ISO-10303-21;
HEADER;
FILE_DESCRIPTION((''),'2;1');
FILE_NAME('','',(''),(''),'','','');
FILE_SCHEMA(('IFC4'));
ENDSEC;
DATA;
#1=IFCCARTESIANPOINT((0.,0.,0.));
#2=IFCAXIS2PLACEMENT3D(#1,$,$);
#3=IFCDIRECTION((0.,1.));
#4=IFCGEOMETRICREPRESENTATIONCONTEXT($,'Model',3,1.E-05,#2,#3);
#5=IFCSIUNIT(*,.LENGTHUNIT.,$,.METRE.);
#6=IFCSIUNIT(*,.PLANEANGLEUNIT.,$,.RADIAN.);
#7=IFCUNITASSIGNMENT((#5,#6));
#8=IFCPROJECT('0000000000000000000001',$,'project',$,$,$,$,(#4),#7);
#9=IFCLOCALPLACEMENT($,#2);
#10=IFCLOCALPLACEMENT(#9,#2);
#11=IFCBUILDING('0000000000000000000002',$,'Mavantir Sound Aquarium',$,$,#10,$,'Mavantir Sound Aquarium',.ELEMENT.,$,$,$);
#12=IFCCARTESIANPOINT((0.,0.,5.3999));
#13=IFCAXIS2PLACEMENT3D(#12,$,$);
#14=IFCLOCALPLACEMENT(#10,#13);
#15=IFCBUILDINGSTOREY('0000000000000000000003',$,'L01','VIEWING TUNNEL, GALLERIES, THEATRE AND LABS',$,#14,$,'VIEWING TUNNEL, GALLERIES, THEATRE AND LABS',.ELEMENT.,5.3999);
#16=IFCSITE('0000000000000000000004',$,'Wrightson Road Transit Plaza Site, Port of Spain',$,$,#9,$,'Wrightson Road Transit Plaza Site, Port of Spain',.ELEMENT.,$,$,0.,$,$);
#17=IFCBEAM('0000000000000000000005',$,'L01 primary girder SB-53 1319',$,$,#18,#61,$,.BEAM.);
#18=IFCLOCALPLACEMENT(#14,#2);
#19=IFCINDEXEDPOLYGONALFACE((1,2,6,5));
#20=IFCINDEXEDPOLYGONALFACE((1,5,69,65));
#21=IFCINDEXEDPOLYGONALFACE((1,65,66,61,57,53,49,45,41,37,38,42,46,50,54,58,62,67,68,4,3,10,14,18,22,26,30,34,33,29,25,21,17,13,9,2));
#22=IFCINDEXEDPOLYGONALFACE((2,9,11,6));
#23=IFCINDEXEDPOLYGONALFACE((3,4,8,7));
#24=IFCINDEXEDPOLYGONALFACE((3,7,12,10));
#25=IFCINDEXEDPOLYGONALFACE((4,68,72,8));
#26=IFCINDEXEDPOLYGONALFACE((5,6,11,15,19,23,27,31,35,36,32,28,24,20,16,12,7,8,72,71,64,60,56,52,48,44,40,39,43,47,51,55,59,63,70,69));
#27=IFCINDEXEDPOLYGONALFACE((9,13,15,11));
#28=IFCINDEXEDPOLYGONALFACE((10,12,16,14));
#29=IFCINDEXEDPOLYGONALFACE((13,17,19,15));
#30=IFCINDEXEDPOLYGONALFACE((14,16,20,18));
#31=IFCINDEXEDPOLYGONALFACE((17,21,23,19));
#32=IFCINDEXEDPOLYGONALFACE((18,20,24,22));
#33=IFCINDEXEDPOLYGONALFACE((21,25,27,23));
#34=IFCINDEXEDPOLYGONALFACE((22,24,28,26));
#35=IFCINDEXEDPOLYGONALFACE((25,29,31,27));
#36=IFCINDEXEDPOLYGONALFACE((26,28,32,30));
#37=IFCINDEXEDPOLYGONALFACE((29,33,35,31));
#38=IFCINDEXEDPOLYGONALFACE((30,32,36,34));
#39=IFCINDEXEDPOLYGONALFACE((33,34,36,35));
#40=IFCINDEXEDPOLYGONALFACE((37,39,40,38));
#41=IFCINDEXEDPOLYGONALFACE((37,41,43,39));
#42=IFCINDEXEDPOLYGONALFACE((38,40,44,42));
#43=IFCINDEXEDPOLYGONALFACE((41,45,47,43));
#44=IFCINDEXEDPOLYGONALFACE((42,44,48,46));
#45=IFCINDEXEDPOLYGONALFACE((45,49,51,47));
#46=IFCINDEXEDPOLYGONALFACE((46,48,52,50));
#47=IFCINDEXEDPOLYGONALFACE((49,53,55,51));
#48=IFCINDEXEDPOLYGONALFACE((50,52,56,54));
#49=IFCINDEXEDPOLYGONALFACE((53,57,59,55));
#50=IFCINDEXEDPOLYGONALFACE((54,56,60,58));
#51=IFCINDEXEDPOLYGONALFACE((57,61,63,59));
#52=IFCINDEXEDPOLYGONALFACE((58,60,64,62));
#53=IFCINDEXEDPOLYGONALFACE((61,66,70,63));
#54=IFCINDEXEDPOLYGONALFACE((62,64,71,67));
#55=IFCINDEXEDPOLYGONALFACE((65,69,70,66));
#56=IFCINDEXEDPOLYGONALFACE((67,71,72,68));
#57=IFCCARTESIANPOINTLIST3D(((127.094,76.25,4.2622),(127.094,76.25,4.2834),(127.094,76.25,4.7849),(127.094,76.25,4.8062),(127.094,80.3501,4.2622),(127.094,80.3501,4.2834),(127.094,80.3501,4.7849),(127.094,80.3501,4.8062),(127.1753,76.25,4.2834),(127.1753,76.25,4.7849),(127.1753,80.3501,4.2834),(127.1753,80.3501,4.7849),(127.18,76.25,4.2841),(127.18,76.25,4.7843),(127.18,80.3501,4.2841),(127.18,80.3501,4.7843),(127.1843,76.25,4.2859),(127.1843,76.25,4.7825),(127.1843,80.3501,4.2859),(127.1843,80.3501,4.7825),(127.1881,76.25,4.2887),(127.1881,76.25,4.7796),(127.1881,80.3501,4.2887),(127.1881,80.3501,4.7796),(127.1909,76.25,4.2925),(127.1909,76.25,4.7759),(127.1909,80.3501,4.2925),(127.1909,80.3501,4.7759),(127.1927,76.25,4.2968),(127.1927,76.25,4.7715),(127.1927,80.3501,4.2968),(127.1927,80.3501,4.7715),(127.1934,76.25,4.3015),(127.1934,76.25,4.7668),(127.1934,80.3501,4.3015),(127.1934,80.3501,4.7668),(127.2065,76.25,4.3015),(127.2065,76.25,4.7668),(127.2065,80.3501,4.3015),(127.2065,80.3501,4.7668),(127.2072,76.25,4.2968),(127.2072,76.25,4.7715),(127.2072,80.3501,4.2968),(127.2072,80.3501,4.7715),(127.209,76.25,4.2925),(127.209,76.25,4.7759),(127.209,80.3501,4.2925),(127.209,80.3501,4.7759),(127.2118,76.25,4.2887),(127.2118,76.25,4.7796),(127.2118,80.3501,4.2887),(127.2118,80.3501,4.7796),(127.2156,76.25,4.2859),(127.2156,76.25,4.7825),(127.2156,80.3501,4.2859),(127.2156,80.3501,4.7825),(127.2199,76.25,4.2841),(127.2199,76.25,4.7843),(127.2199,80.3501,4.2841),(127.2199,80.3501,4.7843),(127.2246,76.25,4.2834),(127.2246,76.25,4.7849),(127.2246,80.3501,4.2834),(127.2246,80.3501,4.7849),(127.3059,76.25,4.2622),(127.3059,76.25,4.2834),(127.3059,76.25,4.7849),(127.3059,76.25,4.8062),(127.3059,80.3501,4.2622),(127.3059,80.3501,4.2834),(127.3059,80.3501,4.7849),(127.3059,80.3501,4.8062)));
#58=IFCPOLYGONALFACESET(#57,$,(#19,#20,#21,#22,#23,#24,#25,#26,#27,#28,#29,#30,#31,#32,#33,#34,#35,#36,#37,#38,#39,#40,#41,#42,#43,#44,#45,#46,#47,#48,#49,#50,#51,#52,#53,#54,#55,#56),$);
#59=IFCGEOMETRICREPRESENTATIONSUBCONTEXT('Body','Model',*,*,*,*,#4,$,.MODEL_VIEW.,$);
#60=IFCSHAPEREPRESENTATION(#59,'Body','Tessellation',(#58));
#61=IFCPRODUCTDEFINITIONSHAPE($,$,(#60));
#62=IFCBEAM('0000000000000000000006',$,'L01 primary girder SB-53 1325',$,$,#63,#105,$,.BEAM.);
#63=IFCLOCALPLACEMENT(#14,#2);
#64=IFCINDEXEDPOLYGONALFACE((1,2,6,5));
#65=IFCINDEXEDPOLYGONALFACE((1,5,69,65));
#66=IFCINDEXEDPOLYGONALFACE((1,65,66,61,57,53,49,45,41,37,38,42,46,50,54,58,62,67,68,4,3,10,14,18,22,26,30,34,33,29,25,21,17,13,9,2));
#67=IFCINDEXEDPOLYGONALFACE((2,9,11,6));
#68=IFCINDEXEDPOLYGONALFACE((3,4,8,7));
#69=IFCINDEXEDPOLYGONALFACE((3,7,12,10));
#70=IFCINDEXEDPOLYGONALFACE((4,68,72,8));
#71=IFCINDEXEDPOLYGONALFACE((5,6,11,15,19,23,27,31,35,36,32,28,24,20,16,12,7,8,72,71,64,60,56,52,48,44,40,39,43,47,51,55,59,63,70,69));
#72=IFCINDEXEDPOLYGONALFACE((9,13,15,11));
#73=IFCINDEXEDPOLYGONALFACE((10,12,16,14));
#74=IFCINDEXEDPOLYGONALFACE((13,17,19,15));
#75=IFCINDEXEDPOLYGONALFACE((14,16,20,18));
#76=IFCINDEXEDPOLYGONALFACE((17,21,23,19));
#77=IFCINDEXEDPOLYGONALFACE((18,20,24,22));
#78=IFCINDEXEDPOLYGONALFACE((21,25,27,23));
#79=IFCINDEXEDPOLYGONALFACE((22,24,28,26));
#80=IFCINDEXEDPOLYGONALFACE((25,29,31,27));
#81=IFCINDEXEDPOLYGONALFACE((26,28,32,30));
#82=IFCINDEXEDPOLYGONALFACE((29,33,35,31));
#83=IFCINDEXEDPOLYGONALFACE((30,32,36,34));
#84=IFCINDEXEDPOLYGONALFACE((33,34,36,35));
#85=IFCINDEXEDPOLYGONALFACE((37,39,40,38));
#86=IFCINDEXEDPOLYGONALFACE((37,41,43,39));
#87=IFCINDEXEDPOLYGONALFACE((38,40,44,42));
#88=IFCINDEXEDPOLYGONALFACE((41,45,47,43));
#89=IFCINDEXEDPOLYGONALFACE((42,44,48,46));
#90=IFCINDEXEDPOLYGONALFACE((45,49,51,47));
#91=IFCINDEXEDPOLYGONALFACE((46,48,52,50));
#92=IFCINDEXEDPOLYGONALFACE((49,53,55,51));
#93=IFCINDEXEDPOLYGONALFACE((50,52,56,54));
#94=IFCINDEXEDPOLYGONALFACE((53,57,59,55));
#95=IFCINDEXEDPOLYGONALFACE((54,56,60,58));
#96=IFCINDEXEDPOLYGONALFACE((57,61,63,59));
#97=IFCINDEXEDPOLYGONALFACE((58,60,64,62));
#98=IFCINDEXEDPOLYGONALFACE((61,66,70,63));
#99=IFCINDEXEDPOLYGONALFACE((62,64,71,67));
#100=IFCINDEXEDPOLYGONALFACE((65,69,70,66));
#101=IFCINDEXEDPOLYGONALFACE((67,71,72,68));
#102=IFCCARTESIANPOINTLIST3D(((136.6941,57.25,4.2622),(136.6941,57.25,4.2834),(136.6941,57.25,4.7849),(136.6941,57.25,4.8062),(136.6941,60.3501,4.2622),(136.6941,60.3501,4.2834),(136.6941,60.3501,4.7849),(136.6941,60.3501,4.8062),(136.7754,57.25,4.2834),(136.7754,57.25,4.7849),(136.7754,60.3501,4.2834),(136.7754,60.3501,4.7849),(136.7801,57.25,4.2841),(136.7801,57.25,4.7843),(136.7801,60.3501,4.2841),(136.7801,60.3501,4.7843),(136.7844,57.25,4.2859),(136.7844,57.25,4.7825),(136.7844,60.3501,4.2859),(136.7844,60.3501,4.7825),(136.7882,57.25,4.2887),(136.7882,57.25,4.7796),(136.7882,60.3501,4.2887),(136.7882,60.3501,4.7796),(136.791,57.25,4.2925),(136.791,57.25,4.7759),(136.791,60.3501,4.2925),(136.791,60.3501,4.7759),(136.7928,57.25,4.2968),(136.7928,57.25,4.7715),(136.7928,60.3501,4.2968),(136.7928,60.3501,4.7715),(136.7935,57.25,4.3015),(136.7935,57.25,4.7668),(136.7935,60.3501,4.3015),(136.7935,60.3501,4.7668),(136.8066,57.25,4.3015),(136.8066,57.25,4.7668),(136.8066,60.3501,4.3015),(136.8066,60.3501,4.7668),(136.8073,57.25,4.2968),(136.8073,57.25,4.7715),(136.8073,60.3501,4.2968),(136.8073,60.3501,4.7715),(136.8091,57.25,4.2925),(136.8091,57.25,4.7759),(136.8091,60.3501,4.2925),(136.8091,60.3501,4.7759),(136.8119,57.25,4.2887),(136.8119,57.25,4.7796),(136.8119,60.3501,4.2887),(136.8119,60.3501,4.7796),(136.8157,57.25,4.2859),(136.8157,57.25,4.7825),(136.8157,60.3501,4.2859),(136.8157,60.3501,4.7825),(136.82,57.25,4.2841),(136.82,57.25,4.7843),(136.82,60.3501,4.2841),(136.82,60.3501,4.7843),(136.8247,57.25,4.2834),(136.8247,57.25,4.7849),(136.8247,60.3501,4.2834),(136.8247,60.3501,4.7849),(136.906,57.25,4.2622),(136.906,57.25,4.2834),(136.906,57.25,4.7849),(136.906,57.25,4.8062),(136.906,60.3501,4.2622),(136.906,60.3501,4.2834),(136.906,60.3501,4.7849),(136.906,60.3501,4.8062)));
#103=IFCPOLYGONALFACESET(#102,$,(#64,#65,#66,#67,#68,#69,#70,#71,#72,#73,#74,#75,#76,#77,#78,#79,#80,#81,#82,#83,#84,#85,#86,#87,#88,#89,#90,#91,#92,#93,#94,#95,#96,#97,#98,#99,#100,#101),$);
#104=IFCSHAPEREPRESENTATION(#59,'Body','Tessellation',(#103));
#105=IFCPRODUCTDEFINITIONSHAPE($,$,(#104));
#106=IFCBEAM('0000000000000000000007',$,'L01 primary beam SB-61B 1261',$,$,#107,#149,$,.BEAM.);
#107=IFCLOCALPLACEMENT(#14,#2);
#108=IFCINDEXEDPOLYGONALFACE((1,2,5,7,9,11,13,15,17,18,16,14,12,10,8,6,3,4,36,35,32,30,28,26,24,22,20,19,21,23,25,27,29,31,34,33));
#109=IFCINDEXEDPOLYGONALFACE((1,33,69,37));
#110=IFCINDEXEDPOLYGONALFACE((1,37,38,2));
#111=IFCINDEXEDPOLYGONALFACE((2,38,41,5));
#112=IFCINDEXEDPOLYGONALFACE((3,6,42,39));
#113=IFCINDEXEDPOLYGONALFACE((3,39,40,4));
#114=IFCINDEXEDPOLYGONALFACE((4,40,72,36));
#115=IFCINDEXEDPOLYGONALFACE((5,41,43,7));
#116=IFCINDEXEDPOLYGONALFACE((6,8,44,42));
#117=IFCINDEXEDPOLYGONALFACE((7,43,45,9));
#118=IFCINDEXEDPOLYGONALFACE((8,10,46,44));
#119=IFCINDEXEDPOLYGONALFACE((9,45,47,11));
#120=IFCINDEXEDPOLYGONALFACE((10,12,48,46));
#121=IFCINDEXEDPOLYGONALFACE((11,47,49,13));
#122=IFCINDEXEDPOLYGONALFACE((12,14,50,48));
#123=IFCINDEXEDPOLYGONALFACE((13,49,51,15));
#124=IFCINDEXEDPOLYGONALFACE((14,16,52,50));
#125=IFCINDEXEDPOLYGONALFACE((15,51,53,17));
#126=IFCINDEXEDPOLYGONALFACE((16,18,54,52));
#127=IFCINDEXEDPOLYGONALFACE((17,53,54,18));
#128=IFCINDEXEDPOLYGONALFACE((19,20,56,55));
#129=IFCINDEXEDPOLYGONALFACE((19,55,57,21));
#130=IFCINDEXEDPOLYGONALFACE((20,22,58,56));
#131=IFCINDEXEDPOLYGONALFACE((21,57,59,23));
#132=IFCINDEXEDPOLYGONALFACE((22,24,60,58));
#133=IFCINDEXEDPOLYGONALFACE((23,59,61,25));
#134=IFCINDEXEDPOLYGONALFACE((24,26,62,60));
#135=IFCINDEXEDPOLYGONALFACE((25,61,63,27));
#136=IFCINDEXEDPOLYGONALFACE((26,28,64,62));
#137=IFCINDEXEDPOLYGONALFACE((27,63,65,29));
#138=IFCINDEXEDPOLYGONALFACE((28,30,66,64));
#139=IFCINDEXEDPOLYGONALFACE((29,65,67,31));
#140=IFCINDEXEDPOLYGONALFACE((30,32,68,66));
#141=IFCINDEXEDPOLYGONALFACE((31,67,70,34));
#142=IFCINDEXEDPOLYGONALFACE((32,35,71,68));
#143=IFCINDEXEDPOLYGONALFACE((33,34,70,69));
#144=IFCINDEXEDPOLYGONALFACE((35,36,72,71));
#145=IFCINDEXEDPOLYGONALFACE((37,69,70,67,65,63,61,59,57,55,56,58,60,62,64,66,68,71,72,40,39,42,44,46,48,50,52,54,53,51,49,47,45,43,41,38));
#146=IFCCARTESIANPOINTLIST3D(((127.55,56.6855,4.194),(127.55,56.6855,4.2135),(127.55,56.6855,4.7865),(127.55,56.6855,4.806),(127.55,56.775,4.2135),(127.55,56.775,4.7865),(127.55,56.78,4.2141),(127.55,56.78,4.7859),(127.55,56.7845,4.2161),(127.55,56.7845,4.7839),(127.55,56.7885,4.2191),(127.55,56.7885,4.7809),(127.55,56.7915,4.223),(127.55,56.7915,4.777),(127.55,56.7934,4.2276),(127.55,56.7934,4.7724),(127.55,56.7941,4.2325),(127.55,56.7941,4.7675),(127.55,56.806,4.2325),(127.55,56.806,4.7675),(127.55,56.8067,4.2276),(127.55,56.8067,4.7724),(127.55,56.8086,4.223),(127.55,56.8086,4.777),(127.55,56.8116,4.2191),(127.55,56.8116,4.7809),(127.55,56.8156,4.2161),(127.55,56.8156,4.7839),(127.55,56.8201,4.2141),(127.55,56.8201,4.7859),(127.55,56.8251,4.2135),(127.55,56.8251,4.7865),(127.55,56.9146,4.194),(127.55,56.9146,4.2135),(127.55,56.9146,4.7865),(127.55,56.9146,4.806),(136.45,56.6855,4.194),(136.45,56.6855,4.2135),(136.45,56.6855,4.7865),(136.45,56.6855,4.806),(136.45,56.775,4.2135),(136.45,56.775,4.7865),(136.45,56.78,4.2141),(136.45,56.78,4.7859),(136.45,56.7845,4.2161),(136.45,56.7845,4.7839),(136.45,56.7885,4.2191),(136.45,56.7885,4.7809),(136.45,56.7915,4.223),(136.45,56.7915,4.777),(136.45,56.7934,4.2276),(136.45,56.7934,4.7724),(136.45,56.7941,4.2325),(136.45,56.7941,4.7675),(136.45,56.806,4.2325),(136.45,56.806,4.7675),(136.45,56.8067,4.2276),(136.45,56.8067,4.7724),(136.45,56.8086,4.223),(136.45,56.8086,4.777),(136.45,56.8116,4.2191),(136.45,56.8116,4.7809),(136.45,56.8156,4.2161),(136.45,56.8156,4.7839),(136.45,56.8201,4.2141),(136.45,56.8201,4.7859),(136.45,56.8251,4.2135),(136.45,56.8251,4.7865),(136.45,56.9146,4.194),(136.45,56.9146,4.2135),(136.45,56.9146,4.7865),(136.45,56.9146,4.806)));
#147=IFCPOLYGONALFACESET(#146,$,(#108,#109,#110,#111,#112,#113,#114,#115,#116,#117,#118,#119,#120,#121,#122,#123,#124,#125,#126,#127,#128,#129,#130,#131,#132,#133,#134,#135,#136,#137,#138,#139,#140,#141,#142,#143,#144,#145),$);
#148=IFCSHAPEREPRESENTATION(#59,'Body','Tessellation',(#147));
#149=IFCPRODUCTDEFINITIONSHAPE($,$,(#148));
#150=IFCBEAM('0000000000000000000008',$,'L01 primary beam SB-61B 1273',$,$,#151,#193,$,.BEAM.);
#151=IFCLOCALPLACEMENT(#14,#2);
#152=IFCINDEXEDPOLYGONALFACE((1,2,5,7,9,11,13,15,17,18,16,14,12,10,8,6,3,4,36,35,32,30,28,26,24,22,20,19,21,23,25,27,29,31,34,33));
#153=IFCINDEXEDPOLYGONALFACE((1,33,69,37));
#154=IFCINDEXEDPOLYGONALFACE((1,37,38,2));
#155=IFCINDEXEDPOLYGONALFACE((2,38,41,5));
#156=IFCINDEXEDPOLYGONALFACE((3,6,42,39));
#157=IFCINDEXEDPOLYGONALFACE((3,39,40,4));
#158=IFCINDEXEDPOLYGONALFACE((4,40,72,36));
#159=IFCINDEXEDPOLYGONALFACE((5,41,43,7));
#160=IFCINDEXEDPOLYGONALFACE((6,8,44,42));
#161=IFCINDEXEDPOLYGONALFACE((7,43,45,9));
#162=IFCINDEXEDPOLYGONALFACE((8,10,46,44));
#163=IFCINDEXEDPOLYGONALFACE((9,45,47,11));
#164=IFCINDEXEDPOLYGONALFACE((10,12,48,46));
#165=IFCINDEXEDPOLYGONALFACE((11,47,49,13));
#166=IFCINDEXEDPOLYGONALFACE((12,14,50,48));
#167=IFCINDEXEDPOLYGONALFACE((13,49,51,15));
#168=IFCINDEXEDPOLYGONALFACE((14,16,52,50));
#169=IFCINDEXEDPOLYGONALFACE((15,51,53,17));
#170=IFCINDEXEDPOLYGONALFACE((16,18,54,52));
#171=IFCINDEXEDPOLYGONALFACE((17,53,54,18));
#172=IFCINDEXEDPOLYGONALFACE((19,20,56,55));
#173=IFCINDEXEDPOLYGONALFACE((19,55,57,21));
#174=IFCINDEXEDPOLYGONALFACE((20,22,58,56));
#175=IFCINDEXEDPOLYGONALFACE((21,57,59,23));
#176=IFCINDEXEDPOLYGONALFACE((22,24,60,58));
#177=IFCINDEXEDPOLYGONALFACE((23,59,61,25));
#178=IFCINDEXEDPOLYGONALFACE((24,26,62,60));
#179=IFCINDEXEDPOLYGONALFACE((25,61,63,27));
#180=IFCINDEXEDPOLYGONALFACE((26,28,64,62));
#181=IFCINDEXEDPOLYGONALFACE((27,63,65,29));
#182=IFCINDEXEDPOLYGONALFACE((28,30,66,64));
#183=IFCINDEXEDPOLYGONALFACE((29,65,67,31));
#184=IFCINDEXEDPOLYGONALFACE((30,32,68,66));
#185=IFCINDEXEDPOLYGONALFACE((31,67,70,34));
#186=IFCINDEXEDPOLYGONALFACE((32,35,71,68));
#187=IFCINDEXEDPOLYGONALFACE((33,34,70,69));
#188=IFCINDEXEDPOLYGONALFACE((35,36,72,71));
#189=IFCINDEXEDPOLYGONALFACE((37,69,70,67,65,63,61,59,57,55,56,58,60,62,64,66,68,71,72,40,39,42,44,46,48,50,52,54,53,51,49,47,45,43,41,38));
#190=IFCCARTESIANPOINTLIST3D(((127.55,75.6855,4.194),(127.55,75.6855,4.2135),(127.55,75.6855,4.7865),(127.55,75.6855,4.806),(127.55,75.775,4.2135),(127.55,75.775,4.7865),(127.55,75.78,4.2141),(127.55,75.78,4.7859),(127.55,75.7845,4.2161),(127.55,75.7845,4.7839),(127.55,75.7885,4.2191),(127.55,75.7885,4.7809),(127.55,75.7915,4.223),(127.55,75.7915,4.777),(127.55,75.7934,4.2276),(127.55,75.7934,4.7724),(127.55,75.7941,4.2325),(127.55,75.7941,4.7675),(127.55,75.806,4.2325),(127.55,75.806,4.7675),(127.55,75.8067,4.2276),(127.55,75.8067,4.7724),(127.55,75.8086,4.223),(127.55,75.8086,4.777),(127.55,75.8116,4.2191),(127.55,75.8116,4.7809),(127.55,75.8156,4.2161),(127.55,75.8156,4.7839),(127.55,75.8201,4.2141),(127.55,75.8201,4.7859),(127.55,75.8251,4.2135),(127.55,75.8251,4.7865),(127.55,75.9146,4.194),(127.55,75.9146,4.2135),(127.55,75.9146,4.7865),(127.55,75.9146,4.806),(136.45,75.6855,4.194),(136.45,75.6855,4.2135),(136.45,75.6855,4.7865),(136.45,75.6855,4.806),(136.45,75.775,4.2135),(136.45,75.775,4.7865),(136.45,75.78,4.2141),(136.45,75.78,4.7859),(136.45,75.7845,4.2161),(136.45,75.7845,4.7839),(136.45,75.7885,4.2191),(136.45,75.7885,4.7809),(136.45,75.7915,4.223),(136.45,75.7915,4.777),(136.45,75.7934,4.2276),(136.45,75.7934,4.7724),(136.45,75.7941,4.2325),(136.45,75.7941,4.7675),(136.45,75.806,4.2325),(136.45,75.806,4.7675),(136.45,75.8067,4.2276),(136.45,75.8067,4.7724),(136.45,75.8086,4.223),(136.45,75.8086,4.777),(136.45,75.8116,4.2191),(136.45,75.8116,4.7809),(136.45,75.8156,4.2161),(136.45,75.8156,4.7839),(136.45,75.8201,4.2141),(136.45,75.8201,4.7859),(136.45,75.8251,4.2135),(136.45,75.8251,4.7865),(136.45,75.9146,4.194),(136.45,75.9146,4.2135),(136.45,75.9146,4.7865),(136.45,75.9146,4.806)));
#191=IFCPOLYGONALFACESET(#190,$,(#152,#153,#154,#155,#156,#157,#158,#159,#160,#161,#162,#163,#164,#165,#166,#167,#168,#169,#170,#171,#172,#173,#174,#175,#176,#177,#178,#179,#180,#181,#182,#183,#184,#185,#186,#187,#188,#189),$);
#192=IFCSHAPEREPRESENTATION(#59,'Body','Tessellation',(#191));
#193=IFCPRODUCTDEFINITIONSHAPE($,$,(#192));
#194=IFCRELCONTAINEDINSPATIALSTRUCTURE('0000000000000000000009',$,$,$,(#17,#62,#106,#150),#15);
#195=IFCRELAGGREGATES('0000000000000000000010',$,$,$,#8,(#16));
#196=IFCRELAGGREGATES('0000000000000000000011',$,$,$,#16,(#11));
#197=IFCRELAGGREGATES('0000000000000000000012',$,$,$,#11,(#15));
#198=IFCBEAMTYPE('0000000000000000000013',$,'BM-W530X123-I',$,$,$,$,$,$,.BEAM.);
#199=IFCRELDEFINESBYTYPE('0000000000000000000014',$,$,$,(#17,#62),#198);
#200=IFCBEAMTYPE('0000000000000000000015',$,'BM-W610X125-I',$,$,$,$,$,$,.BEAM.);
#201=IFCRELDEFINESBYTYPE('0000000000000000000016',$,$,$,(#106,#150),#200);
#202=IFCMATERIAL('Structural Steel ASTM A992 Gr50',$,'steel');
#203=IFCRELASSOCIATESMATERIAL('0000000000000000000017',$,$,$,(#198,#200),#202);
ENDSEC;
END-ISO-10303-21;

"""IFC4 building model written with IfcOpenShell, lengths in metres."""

from ifc_helpers import new_model, si_unit, direction, frame, origin, origin_2d, place, context, subcontext, project, spatial, i_section, extrude, material, material_profile, profile_set, type_object, element, save


model = new_model("IFC4")

# Units and contexts
model_context = context("Model", 3, precision=1e-05, world=origin(), true_north=direction((0.0, 1.0)))
body_context = subcontext(model_context, "Body", "Model", "MODEL_VIEW")
ifc_project = project(units=[si_unit("LENGTHUNIT", "METRE"), si_unit("PLANEANGLEUNIT", "RADIAN")], contexts=[model_context])

# Site, building, storey
site_placement = place(None, origin())
site = spatial("IfcSite", under=ifc_project, at=site_placement, Name="Wrightson Road Transit Plaza Site, Port of Spain", LongName="Wrightson Road Transit Plaza Site, Port of Spain", CompositionType="ELEMENT", RefElevation=0.0)
building_placement = place(site_placement, origin())
building = spatial("IfcBuilding", under=site, at=building_placement, Name="Mavantir Sound Aquarium", LongName="Mavantir Sound Aquarium", CompositionType="ELEMENT")
storey_placement = place(building_placement, frame((0.0, 0.0, 5.3999)))
storey = spatial("IfcBuildingStorey", under=building, at=storey_placement, Name="L01", Description="VIEWING TUNNEL, GALLERIES, THEATRE AND LABS", LongName="VIEWING TUNNEL, GALLERIES, THEATRE AND LABS", CompositionType="ELEMENT", Elevation=5.3999)

# Beams
ifc_material_1 = material(Name="Structural Steel ASTM A992 Gr50", Category="steel")
ifc_material_profile_1 = material_profile(ifc_material_1, i_section(OverallWidth=0.2119, OverallDepth=0.5439, WebThickness=0.0132, FlangeThickness=0.0212, FilletRadius=0.0181, at=origin_2d()), Name="W530X123")
ifc_profile_set_1 = profile_set([ifc_material_profile_1], Name="Structural Steel ASTM A992 Gr50")
beam_type_1 = type_object("IfcBeamType", Name="BM-W530X123-I", PredefinedType="BEAM", material=ifc_profile_set_1)
for number, where, z_axis, x_axis, name in (
    (1, (127.2, 76.25, 4.5342), (0.0, 1.0, 0.0), (-1.0, 0.0, 0.0), "L01 primary girder SB-53 1319"),
):
    element("IfcBeam", number, at=place(storey_placement, frame(where, z_axis=z_axis, x_axis=x_axis)), inside=storey, type_object=beam_type_1, Name=name, PredefinedType="BEAM", context=body_context, shape_type="SweptSolid", body=[
        extrude(i_section(OverallWidth=0.2119, OverallDepth=0.5439, WebThickness=0.0132, FlangeThickness=0.0212, FilletRadius=0.0181, at=origin_2d()), origin(), (0.0, 0.0, 1.0), 4.1001),
    ])
beam_1_placement = place(storey_placement, frame((136.8, 57.25, 4.5342), z_axis=(0.0, 1.0, 0.0), x_axis=(-1.0, 0.0, 0.0)))
element("IfcBeam", 2, at=beam_1_placement, inside=storey, type_object=beam_type_1, Name="L01 primary girder SB-53 1325", PredefinedType="BEAM", context=body_context, shape_type="SweptSolid", body=[
    extrude(i_section(OverallWidth=0.2119, OverallDepth=0.5439, WebThickness=0.0132, FlangeThickness=0.0212, FilletRadius=0.0181, at=origin_2d()), origin(), (0.0, 0.0, 1.0), 3.1001),
])
ifc_material_profile_2 = material_profile(ifc_material_1, i_section(OverallWidth=0.229, OverallDepth=0.6121, WebThickness=0.012, FlangeThickness=0.0195, FilletRadius=0.019, at=origin_2d()), Name="W610X125")
ifc_profile_set_2 = profile_set([ifc_material_profile_2], Name="Structural Steel ASTM A992 Gr50")
beam_type_2 = type_object("IfcBeamType", Name="BM-W610X125-I", PredefinedType="BEAM", material=ifc_profile_set_2)
for number, where, z_axis, x_axis, name in (
    (3, (127.55, 56.8, 4.5), (1.0, 0.0, 0.0), (0.0, 1.0, 0.0), "L01 primary beam SB-61B 1261"),
    (4, (127.55, 75.8, 4.5), (1.0, 0.0, 0.0), (0.0, 1.0, 0.0), "L01 primary beam SB-61B 1273"),
):
    element("IfcBeam", number, at=place(storey_placement, frame(where, z_axis=z_axis, x_axis=x_axis)), inside=storey, type_object=beam_type_2, Name=name, PredefinedType="BEAM", context=body_context, shape_type="SweptSolid", body=[
        extrude(i_section(OverallWidth=0.229, OverallDepth=0.6121, WebThickness=0.012, FlangeThickness=0.0195, FilletRadius=0.019, at=origin_2d()), origin(), (0.0, 0.0, 1.0), 8.8999),
    ])

save(model, "model.ifc")
